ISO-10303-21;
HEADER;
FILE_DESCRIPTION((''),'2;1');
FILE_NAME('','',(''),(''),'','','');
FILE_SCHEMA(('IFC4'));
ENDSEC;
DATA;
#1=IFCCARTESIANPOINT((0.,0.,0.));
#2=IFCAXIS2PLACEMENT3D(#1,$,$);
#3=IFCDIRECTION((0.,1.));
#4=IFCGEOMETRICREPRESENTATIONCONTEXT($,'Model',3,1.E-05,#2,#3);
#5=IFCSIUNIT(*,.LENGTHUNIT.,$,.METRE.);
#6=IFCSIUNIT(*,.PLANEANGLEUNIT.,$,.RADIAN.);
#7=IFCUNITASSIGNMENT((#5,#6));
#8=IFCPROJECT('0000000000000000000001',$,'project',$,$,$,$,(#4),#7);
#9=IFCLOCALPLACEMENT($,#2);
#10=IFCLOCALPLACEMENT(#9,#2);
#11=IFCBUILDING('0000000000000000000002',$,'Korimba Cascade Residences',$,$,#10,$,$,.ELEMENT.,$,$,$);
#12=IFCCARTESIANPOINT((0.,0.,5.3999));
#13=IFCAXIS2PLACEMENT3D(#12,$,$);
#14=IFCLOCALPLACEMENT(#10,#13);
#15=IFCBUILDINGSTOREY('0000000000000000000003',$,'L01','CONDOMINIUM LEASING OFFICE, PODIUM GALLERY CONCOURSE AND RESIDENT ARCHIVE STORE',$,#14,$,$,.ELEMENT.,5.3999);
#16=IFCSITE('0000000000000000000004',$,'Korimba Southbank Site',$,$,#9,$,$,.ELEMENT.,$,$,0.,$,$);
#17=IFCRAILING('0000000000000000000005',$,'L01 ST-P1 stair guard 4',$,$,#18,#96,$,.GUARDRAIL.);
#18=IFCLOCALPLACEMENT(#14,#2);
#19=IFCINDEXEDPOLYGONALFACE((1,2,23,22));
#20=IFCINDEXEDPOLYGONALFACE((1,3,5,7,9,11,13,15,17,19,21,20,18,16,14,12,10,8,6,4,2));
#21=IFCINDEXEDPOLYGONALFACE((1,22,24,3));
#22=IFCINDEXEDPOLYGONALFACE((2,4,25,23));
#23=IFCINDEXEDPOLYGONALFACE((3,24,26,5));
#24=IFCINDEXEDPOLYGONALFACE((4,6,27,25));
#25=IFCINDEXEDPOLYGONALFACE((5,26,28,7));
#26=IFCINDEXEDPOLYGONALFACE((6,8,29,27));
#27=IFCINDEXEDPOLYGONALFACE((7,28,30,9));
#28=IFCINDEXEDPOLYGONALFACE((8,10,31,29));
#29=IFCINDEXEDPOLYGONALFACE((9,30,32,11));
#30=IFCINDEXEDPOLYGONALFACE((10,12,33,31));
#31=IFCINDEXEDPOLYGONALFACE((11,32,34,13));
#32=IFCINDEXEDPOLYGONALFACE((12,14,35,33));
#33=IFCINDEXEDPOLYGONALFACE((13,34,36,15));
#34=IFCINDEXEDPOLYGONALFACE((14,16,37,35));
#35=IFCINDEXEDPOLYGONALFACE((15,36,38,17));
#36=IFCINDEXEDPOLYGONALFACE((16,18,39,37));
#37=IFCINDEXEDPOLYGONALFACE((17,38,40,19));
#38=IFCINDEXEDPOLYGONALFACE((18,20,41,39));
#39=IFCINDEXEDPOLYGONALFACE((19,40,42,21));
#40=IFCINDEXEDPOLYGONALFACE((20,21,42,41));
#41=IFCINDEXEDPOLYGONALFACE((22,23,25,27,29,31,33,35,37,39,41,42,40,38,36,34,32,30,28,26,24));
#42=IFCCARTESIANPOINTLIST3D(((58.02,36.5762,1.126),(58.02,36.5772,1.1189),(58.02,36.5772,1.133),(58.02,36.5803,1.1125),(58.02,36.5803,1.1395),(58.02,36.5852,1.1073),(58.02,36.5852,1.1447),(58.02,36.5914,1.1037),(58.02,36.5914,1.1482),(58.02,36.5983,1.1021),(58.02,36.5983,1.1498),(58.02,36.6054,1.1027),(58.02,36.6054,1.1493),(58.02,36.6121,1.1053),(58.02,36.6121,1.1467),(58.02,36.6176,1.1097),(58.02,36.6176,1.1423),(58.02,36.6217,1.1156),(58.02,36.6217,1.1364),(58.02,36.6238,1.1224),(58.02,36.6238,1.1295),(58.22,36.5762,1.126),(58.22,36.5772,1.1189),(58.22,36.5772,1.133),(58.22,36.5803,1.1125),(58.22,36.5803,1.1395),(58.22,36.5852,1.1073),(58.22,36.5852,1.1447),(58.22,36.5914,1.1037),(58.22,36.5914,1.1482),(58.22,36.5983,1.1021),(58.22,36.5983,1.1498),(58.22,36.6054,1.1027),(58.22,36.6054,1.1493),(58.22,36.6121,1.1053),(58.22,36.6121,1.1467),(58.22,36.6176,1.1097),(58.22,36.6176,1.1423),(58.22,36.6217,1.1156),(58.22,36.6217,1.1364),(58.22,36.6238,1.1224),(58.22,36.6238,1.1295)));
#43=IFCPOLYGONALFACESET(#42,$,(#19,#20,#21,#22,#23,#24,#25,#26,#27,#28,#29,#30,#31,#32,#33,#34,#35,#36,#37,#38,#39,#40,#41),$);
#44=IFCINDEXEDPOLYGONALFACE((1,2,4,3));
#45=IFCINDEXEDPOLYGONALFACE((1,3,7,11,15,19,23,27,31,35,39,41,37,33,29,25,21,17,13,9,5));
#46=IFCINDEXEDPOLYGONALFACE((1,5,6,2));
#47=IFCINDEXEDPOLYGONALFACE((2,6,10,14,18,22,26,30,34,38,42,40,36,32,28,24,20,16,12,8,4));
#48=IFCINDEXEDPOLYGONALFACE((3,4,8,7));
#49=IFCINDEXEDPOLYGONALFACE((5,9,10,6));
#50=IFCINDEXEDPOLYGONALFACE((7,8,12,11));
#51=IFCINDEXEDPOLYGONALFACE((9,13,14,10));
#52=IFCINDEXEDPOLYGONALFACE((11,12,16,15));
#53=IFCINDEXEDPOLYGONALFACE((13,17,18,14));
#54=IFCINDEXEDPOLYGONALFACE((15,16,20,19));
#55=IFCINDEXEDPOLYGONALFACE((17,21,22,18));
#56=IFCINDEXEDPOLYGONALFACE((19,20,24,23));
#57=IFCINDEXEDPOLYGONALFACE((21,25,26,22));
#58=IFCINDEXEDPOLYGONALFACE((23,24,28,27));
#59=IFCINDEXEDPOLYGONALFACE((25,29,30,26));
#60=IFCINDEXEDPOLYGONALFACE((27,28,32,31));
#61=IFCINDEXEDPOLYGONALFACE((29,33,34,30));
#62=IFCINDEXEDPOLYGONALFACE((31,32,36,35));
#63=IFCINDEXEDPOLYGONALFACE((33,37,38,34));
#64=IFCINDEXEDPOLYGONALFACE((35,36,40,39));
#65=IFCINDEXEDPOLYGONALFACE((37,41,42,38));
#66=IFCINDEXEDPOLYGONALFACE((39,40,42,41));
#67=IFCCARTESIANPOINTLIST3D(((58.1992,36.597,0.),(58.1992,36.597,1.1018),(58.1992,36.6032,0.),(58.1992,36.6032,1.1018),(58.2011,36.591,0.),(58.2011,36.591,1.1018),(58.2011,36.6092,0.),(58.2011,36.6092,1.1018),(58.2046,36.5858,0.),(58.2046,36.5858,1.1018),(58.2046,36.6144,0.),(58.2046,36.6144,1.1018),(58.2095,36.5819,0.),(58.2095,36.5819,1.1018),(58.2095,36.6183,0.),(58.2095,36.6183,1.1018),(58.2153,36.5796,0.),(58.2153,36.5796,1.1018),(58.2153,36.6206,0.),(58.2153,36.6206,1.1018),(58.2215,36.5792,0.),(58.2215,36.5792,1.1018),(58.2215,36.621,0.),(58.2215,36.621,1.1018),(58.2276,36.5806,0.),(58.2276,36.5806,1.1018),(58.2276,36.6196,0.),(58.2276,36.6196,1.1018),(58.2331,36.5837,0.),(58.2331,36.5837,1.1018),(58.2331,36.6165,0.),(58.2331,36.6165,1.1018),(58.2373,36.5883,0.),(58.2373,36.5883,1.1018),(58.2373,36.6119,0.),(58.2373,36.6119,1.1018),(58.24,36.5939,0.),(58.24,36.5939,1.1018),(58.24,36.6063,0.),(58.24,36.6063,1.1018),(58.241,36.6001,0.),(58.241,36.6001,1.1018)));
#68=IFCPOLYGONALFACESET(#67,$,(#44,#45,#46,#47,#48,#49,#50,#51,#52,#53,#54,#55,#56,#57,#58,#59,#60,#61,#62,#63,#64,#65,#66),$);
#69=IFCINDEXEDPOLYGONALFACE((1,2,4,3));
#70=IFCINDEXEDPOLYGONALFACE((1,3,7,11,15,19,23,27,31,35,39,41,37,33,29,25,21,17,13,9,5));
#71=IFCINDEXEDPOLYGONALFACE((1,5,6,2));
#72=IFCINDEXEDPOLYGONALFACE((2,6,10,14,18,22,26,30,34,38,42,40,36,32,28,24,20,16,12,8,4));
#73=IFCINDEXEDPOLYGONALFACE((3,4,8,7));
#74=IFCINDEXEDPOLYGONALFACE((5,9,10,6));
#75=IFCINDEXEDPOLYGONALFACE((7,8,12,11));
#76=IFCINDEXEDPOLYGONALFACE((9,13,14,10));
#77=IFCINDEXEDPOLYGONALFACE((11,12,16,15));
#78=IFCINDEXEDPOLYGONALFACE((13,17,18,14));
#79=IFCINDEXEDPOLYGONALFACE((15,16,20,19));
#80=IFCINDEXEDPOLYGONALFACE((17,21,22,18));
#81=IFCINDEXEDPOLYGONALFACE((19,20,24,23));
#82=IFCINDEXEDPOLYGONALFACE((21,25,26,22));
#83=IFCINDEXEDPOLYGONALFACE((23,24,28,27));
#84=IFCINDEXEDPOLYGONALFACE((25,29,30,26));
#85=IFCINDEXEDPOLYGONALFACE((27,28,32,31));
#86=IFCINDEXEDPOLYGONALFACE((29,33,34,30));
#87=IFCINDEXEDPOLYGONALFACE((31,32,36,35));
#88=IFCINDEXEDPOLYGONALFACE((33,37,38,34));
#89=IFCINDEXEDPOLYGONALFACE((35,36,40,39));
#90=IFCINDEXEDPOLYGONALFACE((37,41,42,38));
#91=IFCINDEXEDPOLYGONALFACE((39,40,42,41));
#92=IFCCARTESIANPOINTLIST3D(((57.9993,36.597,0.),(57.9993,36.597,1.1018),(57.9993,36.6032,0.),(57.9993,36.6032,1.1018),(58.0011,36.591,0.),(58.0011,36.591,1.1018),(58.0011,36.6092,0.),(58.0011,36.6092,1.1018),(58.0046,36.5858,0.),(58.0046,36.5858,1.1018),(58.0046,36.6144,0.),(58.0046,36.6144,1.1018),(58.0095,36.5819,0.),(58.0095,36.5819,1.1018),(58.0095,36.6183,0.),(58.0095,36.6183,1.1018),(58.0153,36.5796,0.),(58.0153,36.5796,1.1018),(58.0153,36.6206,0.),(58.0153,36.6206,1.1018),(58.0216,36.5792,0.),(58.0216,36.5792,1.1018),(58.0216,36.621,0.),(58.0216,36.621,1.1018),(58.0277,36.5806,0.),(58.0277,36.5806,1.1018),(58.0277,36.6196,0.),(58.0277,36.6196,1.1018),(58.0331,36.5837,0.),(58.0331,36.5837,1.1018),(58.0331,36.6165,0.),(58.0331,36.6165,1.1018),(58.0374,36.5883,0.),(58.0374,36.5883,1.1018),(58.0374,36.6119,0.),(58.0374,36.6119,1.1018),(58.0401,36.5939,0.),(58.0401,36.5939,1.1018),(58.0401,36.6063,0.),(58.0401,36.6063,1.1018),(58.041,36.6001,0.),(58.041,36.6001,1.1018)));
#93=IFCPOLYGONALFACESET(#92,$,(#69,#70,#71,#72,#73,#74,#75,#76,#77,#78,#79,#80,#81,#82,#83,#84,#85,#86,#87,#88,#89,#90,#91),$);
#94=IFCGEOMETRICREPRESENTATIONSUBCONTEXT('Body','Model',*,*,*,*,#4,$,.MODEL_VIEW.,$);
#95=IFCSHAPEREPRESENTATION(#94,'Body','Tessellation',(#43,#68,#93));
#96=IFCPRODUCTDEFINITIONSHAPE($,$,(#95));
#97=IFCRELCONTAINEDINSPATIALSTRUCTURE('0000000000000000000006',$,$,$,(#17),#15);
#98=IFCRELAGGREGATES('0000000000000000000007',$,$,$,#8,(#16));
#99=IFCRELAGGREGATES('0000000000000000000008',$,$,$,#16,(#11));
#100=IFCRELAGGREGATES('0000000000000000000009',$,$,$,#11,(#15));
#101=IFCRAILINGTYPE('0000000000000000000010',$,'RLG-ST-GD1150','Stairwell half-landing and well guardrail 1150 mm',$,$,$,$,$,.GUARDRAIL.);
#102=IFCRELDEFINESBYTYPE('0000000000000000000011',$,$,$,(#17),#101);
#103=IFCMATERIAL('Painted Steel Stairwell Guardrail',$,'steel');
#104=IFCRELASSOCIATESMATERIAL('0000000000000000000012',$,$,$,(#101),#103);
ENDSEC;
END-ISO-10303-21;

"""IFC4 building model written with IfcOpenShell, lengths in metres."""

from ifc_helpers import new_model, si_unit, direction, frame, origin, origin_2d, place, context, subcontext, project, spatial, circle, extrude, material, type_object, element, save


model = new_model("IFC4")

# Units and contexts
model_context = context("Model", 3, precision=1e-05, world=origin(), true_north=direction((0.0, 1.0)))
body_context = subcontext(model_context, "Body", "Model", "MODEL_VIEW")
ifc_project = project(units=[si_unit("LENGTHUNIT", "METRE"), si_unit("PLANEANGLEUNIT", "RADIAN")], contexts=[model_context])

# Site, building, storey
site_placement = place(None, origin())
site = spatial("IfcSite", under=ifc_project, at=site_placement, Name="Korimba Southbank Site", CompositionType="ELEMENT", RefElevation=0.0)
building_placement = place(site_placement, origin())
building = spatial("IfcBuilding", under=site, at=building_placement, Name="Korimba Cascade Residences", CompositionType="ELEMENT")
storey_placement = place(building_placement, frame((0.0, 0.0, 5.3999)))
storey = spatial("IfcBuildingStorey", under=building, at=storey_placement, Name="L01", Description="CONDOMINIUM LEASING OFFICE, PODIUM GALLERY CONCOURSE AND RESIDENT ARCHIVE STORE", CompositionType="ELEMENT", Elevation=5.3999)

# Railing
ifc_material_1 = material(Name="Painted Steel Stairwell Guardrail", Category="steel")
railing_type_1 = type_object("IfcRailingType", Name="RLG-ST-GD1150", Description="Stairwell half-landing and well guardrail 1150 mm", PredefinedType="GUARDRAIL", material=ifc_material_1)
railing_1_placement = place(storey_placement, frame((58.22, 36.6001, 0.0)))
element("IfcRailing", 1, at=railing_1_placement, inside=storey, type_object=railing_type_1, Name="L01 ST-P1 stair guard 4", PredefinedType="GUARDRAIL", context=body_context, shape_type="SweptSolid", body=[
    extrude(circle(Radius=0.0239, at=origin_2d()), frame((0.0, 0.0, 1.126), z_axis=(-1.0, 0.0, 0.0), x_axis=(0.0, -1.0, 0.0)), (0.0, 0.0, 1.0), 0.2),
    extrude(circle(Radius=0.021, at=origin_2d()), origin(), (0.0, 0.0, 1.0), 1.1018),
    extrude(circle(Radius=0.021, at=origin_2d()), frame((-0.2, 0.0, 0.0)), (0.0, 0.0, 1.0), 1.1018),
])

save(model, "model.ifc")
